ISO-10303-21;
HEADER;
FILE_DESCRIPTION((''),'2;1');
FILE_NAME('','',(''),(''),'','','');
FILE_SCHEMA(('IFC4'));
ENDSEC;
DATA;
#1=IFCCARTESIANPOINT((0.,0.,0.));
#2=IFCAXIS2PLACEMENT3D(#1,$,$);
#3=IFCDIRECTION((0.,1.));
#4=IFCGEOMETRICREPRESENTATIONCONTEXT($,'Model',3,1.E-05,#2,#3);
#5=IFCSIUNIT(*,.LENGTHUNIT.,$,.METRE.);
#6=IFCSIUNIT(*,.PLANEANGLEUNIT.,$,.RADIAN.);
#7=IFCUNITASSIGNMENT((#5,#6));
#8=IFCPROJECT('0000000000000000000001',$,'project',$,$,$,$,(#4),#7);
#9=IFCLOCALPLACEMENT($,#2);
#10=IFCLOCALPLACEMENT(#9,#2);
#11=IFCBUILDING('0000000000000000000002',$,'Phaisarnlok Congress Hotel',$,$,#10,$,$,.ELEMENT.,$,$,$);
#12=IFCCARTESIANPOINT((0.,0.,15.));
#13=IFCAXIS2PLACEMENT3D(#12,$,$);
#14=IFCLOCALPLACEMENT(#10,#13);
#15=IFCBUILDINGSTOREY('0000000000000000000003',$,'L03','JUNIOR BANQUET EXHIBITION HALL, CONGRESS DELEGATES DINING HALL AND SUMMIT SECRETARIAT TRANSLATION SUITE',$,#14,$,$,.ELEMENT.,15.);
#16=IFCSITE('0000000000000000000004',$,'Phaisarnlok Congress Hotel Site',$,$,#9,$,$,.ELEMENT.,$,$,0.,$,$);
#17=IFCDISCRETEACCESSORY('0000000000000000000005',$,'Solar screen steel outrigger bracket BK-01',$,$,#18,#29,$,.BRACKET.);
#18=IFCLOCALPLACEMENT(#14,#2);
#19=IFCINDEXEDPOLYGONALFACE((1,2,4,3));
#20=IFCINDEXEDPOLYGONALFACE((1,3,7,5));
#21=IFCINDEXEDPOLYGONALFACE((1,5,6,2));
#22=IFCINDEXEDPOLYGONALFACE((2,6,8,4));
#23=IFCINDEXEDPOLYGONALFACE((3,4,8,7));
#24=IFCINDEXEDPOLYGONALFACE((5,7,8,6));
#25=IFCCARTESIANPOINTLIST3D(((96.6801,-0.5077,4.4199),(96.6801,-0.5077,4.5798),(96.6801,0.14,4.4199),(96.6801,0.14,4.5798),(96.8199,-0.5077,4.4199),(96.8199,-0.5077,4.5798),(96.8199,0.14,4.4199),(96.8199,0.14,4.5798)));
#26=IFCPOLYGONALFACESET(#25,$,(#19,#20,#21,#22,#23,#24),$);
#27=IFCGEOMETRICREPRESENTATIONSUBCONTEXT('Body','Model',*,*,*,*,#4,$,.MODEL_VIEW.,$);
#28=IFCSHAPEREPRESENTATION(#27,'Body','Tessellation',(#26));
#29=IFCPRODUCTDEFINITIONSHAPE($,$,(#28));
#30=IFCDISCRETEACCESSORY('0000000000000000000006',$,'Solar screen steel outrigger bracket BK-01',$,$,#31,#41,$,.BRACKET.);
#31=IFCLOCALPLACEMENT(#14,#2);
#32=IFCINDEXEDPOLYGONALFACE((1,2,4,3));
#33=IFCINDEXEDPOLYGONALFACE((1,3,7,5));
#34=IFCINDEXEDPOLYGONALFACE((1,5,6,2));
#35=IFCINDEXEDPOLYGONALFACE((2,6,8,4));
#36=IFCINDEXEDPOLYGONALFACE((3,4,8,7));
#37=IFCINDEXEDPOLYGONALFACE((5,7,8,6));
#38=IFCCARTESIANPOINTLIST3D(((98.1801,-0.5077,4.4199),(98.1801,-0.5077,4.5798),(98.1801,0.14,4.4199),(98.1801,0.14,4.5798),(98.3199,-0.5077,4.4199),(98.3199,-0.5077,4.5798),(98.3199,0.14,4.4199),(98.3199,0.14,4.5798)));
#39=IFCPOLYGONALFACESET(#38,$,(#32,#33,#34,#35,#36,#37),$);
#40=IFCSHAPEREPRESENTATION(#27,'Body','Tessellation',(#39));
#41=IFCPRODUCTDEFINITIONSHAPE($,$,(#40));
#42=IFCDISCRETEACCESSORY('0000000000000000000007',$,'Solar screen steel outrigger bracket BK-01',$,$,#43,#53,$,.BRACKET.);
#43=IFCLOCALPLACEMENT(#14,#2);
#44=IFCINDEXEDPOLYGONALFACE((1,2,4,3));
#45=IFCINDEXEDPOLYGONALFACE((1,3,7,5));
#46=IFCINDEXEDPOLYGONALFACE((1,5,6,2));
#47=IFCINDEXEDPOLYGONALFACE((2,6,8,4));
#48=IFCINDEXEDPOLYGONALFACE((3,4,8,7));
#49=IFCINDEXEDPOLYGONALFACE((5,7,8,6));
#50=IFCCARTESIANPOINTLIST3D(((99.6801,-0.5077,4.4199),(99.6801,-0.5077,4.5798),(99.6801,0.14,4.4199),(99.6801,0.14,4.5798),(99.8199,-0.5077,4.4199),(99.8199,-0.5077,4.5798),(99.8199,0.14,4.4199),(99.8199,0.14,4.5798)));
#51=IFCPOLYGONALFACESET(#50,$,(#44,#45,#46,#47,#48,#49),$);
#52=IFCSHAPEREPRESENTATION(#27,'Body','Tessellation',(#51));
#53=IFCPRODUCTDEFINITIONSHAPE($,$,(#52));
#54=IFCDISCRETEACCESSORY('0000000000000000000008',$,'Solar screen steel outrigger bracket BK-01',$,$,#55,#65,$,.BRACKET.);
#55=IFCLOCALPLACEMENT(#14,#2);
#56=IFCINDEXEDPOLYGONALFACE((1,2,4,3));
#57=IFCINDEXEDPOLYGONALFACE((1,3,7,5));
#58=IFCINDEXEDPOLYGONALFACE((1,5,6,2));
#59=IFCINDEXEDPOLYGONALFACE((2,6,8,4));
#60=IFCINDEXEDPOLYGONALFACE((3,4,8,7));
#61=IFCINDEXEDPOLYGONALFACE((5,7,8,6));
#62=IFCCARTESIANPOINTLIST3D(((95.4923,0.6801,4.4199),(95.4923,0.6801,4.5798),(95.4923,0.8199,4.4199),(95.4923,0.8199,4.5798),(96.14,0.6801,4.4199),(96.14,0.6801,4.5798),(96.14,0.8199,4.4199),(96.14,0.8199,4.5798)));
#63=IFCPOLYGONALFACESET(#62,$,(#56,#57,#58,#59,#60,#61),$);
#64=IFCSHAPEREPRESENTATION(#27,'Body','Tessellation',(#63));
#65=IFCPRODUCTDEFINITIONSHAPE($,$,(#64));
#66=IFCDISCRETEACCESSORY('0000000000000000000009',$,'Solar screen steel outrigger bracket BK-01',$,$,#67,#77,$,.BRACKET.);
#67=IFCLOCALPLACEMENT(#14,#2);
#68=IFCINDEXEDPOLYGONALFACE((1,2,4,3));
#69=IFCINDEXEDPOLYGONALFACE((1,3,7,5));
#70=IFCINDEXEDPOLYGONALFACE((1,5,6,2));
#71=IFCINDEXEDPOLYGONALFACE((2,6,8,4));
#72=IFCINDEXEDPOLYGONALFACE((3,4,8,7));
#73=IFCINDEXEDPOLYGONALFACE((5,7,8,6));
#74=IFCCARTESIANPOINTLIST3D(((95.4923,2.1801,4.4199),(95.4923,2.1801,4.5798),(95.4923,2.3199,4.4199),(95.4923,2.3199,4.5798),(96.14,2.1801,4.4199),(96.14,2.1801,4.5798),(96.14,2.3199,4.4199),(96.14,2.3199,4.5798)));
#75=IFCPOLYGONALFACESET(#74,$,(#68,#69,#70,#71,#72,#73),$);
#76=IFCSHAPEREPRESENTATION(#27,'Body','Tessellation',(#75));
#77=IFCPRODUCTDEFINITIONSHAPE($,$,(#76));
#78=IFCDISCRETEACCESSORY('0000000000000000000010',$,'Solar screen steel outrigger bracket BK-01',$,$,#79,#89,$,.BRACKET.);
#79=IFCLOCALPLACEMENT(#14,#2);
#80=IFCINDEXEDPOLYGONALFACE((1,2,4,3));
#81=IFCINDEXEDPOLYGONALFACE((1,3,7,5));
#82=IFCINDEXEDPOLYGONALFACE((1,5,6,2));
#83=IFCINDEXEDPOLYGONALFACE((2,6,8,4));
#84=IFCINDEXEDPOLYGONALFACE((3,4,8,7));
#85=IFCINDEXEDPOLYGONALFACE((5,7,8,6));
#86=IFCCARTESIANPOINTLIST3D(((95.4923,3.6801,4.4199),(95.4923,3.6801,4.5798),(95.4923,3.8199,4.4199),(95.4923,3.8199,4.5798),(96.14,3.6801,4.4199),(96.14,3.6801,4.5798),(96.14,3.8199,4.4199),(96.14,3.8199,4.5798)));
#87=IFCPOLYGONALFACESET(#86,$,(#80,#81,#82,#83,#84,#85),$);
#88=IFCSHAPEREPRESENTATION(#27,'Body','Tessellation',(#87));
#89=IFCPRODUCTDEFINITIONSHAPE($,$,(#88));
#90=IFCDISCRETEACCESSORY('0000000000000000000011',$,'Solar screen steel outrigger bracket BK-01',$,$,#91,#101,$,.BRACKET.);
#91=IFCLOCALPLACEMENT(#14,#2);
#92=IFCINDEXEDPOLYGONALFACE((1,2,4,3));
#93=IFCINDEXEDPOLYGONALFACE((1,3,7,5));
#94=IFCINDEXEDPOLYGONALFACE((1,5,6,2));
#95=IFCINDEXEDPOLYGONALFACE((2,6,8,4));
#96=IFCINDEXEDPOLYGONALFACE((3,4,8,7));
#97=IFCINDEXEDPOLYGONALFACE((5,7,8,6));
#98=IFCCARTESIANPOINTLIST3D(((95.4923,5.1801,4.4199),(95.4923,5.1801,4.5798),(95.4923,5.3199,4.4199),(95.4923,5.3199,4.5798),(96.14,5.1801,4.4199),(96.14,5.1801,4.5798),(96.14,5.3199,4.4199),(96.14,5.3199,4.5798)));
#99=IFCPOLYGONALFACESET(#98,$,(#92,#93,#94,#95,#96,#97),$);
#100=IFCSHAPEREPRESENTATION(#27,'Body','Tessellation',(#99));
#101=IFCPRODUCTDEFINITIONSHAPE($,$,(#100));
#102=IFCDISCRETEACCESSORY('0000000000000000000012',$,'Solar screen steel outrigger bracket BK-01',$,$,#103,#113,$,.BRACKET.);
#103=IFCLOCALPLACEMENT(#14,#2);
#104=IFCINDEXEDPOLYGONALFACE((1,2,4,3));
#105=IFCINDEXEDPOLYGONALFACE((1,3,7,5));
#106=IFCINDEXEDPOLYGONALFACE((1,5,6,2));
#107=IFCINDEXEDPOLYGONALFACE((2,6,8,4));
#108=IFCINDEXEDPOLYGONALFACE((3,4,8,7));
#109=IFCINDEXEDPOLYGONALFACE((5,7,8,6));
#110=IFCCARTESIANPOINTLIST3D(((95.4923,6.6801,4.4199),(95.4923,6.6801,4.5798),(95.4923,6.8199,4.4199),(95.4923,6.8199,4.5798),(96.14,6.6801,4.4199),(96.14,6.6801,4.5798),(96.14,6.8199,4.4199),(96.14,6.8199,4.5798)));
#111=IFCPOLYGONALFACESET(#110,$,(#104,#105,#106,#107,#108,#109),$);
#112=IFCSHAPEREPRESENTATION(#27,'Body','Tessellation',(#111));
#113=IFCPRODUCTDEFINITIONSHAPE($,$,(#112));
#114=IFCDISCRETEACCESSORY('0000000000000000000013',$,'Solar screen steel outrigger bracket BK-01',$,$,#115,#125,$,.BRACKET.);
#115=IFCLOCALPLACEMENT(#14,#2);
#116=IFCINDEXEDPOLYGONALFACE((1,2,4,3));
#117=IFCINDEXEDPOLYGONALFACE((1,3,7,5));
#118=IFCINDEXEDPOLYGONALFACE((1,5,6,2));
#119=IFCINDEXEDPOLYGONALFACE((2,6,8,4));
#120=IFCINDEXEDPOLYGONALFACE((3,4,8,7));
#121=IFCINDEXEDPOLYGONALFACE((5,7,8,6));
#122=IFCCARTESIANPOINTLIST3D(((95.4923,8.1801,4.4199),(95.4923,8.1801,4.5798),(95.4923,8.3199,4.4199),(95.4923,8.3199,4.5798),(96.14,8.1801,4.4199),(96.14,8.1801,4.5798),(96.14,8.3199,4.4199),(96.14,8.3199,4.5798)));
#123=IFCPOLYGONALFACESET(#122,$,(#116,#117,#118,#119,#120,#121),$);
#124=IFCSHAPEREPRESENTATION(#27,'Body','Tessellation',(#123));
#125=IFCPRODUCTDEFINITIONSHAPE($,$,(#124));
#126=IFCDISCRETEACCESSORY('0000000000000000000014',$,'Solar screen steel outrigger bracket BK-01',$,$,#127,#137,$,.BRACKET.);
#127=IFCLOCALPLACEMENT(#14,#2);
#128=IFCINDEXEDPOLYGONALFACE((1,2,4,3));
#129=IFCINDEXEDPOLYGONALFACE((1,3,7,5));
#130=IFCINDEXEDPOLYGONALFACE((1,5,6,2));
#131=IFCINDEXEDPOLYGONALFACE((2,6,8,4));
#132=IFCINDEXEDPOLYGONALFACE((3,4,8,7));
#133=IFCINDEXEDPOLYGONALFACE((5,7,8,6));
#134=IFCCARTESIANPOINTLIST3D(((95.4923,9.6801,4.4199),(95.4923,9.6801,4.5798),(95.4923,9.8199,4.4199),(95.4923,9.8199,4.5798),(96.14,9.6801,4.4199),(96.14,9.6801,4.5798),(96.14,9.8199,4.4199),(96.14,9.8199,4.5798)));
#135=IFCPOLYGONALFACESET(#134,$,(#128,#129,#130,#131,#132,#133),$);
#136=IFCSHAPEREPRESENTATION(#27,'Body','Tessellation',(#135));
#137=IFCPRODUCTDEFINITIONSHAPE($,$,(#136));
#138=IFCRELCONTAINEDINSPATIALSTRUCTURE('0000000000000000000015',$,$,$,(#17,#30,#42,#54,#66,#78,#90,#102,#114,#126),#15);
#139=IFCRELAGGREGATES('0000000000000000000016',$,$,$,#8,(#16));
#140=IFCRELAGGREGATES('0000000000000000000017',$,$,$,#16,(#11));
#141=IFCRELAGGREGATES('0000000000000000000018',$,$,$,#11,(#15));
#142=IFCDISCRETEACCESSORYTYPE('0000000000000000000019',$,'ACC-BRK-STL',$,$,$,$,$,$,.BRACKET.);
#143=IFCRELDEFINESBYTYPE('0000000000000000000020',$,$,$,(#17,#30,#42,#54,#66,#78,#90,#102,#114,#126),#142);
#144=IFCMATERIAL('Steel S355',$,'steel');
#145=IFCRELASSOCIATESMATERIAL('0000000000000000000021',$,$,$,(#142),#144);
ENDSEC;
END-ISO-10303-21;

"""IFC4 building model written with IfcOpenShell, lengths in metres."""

from ifc_helpers import new_model, si_unit, direction, frame, origin, origin_2d, place, context, subcontext, project, spatial, rectangle, extrude, material, type_object, element, save


model = new_model("IFC4")

# Units and contexts
model_context = context("Model", 3, precision=1e-05, world=origin(), true_north=direction((0.0, 1.0)))
body_context = subcontext(model_context, "Body", "Model", "MODEL_VIEW")
ifc_project = project(units=[si_unit("LENGTHUNIT", "METRE"), si_unit("PLANEANGLEUNIT", "RADIAN")], contexts=[model_context])

# Site, building, storey
site_placement = place(None, origin())
site = spatial("IfcSite", under=ifc_project, at=site_placement, Name="Phaisarnlok Congress Hotel Site", CompositionType="ELEMENT", RefElevation=0.0)
building_placement = place(site_placement, origin())
building = spatial("IfcBuilding", under=site, at=building_placement, Name="Phaisarnlok Congress Hotel", CompositionType="ELEMENT")
storey_placement = place(building_placement, frame((0.0, 0.0, 15.0)))
storey = spatial("IfcBuildingStorey", under=building, at=storey_placement, Name="L03", Description="JUNIOR BANQUET EXHIBITION HALL, CONGRESS DELEGATES DINING HALL AND SUMMIT SECRETARIAT TRANSLATION SUITE", CompositionType="ELEMENT", Elevation=15.0)

# Shared definitions
ifc_material = material(Name="Steel S355", Category="steel")

# Discrete accessories
discrete_accessory_type = type_object("IfcDiscreteAccessoryType", Name="ACC-BRK-STL", PredefinedType="BRACKET", material=ifc_material)
for number, where, z_axis, x_axis, name in (
    (1, (96.75, -0.1838, 4.4199), (0.0, 0.0, 1.0), (1.0, 0.0, 0.0), "Solar screen steel outrigger bracket BK-01"),
    (2, (98.25, -0.1838, 4.4199), (0.0, 0.0, 1.0), (1.0, 0.0, 0.0), "Solar screen steel outrigger bracket BK-01"),
    (3, (99.75, -0.1838, 4.4199), (0.0, 0.0, 1.0), (1.0, 0.0, 0.0), "Solar screen steel outrigger bracket BK-01"),
):
    element("IfcDiscreteAccessory", number, at=place(storey_placement, frame(where, z_axis=z_axis, x_axis=x_axis)), inside=storey, type_object=discrete_accessory_type, Name=name, PredefinedType="BRACKET", context=body_context, shape_type="SweptSolid", body=[
        extrude(rectangle(XDim=0.1399, YDim=0.6477, at=origin_2d()), origin(), (0.0, 0.0, 1.0), 0.1599),
    ])
for number, where, z_axis, x_axis, name in (
    (4, (95.8162, 0.75, 4.4199), (0.0, 0.0, 1.0), (1.0, 0.0, 0.0), "Solar screen steel outrigger bracket BK-01"),
    (5, (95.8162, 2.25, 4.4199), (0.0, 0.0, 1.0), (1.0, 0.0, 0.0), "Solar screen steel outrigger bracket BK-01"),
    (6, (95.8162, 3.75, 4.4199), (0.0, 0.0, 1.0), (1.0, 0.0, 0.0), "Solar screen steel outrigger bracket BK-01"),
    (7, (95.8162, 5.25, 4.4199), (0.0, 0.0, 1.0), (1.0, 0.0, 0.0), "Solar screen steel outrigger bracket BK-01"),
    (8, (95.8162, 6.75, 4.4199), (0.0, 0.0, 1.0), (1.0, 0.0, 0.0), "Solar screen steel outrigger bracket BK-01"),
    (9, (95.8162, 8.25, 4.4199), (0.0, 0.0, 1.0), (1.0, 0.0, 0.0), "Solar screen steel outrigger bracket BK-01"),
    (10, (95.8162, 9.75, 4.4199), (0.0, 0.0, 1.0), (1.0, 0.0, 0.0), "Solar screen steel outrigger bracket BK-01"),
):
    element("IfcDiscreteAccessory", number, at=place(storey_placement, frame(where, z_axis=z_axis, x_axis=x_axis)), inside=storey, type_object=discrete_accessory_type, Name=name, PredefinedType="BRACKET", context=body_context, shape_type="SweptSolid", body=[
        extrude(rectangle(XDim=0.6477, YDim=0.1399, at=origin_2d()), origin(), (0.0, 0.0, 1.0), 0.1599),
    ])

save(model, "model.ifc")
